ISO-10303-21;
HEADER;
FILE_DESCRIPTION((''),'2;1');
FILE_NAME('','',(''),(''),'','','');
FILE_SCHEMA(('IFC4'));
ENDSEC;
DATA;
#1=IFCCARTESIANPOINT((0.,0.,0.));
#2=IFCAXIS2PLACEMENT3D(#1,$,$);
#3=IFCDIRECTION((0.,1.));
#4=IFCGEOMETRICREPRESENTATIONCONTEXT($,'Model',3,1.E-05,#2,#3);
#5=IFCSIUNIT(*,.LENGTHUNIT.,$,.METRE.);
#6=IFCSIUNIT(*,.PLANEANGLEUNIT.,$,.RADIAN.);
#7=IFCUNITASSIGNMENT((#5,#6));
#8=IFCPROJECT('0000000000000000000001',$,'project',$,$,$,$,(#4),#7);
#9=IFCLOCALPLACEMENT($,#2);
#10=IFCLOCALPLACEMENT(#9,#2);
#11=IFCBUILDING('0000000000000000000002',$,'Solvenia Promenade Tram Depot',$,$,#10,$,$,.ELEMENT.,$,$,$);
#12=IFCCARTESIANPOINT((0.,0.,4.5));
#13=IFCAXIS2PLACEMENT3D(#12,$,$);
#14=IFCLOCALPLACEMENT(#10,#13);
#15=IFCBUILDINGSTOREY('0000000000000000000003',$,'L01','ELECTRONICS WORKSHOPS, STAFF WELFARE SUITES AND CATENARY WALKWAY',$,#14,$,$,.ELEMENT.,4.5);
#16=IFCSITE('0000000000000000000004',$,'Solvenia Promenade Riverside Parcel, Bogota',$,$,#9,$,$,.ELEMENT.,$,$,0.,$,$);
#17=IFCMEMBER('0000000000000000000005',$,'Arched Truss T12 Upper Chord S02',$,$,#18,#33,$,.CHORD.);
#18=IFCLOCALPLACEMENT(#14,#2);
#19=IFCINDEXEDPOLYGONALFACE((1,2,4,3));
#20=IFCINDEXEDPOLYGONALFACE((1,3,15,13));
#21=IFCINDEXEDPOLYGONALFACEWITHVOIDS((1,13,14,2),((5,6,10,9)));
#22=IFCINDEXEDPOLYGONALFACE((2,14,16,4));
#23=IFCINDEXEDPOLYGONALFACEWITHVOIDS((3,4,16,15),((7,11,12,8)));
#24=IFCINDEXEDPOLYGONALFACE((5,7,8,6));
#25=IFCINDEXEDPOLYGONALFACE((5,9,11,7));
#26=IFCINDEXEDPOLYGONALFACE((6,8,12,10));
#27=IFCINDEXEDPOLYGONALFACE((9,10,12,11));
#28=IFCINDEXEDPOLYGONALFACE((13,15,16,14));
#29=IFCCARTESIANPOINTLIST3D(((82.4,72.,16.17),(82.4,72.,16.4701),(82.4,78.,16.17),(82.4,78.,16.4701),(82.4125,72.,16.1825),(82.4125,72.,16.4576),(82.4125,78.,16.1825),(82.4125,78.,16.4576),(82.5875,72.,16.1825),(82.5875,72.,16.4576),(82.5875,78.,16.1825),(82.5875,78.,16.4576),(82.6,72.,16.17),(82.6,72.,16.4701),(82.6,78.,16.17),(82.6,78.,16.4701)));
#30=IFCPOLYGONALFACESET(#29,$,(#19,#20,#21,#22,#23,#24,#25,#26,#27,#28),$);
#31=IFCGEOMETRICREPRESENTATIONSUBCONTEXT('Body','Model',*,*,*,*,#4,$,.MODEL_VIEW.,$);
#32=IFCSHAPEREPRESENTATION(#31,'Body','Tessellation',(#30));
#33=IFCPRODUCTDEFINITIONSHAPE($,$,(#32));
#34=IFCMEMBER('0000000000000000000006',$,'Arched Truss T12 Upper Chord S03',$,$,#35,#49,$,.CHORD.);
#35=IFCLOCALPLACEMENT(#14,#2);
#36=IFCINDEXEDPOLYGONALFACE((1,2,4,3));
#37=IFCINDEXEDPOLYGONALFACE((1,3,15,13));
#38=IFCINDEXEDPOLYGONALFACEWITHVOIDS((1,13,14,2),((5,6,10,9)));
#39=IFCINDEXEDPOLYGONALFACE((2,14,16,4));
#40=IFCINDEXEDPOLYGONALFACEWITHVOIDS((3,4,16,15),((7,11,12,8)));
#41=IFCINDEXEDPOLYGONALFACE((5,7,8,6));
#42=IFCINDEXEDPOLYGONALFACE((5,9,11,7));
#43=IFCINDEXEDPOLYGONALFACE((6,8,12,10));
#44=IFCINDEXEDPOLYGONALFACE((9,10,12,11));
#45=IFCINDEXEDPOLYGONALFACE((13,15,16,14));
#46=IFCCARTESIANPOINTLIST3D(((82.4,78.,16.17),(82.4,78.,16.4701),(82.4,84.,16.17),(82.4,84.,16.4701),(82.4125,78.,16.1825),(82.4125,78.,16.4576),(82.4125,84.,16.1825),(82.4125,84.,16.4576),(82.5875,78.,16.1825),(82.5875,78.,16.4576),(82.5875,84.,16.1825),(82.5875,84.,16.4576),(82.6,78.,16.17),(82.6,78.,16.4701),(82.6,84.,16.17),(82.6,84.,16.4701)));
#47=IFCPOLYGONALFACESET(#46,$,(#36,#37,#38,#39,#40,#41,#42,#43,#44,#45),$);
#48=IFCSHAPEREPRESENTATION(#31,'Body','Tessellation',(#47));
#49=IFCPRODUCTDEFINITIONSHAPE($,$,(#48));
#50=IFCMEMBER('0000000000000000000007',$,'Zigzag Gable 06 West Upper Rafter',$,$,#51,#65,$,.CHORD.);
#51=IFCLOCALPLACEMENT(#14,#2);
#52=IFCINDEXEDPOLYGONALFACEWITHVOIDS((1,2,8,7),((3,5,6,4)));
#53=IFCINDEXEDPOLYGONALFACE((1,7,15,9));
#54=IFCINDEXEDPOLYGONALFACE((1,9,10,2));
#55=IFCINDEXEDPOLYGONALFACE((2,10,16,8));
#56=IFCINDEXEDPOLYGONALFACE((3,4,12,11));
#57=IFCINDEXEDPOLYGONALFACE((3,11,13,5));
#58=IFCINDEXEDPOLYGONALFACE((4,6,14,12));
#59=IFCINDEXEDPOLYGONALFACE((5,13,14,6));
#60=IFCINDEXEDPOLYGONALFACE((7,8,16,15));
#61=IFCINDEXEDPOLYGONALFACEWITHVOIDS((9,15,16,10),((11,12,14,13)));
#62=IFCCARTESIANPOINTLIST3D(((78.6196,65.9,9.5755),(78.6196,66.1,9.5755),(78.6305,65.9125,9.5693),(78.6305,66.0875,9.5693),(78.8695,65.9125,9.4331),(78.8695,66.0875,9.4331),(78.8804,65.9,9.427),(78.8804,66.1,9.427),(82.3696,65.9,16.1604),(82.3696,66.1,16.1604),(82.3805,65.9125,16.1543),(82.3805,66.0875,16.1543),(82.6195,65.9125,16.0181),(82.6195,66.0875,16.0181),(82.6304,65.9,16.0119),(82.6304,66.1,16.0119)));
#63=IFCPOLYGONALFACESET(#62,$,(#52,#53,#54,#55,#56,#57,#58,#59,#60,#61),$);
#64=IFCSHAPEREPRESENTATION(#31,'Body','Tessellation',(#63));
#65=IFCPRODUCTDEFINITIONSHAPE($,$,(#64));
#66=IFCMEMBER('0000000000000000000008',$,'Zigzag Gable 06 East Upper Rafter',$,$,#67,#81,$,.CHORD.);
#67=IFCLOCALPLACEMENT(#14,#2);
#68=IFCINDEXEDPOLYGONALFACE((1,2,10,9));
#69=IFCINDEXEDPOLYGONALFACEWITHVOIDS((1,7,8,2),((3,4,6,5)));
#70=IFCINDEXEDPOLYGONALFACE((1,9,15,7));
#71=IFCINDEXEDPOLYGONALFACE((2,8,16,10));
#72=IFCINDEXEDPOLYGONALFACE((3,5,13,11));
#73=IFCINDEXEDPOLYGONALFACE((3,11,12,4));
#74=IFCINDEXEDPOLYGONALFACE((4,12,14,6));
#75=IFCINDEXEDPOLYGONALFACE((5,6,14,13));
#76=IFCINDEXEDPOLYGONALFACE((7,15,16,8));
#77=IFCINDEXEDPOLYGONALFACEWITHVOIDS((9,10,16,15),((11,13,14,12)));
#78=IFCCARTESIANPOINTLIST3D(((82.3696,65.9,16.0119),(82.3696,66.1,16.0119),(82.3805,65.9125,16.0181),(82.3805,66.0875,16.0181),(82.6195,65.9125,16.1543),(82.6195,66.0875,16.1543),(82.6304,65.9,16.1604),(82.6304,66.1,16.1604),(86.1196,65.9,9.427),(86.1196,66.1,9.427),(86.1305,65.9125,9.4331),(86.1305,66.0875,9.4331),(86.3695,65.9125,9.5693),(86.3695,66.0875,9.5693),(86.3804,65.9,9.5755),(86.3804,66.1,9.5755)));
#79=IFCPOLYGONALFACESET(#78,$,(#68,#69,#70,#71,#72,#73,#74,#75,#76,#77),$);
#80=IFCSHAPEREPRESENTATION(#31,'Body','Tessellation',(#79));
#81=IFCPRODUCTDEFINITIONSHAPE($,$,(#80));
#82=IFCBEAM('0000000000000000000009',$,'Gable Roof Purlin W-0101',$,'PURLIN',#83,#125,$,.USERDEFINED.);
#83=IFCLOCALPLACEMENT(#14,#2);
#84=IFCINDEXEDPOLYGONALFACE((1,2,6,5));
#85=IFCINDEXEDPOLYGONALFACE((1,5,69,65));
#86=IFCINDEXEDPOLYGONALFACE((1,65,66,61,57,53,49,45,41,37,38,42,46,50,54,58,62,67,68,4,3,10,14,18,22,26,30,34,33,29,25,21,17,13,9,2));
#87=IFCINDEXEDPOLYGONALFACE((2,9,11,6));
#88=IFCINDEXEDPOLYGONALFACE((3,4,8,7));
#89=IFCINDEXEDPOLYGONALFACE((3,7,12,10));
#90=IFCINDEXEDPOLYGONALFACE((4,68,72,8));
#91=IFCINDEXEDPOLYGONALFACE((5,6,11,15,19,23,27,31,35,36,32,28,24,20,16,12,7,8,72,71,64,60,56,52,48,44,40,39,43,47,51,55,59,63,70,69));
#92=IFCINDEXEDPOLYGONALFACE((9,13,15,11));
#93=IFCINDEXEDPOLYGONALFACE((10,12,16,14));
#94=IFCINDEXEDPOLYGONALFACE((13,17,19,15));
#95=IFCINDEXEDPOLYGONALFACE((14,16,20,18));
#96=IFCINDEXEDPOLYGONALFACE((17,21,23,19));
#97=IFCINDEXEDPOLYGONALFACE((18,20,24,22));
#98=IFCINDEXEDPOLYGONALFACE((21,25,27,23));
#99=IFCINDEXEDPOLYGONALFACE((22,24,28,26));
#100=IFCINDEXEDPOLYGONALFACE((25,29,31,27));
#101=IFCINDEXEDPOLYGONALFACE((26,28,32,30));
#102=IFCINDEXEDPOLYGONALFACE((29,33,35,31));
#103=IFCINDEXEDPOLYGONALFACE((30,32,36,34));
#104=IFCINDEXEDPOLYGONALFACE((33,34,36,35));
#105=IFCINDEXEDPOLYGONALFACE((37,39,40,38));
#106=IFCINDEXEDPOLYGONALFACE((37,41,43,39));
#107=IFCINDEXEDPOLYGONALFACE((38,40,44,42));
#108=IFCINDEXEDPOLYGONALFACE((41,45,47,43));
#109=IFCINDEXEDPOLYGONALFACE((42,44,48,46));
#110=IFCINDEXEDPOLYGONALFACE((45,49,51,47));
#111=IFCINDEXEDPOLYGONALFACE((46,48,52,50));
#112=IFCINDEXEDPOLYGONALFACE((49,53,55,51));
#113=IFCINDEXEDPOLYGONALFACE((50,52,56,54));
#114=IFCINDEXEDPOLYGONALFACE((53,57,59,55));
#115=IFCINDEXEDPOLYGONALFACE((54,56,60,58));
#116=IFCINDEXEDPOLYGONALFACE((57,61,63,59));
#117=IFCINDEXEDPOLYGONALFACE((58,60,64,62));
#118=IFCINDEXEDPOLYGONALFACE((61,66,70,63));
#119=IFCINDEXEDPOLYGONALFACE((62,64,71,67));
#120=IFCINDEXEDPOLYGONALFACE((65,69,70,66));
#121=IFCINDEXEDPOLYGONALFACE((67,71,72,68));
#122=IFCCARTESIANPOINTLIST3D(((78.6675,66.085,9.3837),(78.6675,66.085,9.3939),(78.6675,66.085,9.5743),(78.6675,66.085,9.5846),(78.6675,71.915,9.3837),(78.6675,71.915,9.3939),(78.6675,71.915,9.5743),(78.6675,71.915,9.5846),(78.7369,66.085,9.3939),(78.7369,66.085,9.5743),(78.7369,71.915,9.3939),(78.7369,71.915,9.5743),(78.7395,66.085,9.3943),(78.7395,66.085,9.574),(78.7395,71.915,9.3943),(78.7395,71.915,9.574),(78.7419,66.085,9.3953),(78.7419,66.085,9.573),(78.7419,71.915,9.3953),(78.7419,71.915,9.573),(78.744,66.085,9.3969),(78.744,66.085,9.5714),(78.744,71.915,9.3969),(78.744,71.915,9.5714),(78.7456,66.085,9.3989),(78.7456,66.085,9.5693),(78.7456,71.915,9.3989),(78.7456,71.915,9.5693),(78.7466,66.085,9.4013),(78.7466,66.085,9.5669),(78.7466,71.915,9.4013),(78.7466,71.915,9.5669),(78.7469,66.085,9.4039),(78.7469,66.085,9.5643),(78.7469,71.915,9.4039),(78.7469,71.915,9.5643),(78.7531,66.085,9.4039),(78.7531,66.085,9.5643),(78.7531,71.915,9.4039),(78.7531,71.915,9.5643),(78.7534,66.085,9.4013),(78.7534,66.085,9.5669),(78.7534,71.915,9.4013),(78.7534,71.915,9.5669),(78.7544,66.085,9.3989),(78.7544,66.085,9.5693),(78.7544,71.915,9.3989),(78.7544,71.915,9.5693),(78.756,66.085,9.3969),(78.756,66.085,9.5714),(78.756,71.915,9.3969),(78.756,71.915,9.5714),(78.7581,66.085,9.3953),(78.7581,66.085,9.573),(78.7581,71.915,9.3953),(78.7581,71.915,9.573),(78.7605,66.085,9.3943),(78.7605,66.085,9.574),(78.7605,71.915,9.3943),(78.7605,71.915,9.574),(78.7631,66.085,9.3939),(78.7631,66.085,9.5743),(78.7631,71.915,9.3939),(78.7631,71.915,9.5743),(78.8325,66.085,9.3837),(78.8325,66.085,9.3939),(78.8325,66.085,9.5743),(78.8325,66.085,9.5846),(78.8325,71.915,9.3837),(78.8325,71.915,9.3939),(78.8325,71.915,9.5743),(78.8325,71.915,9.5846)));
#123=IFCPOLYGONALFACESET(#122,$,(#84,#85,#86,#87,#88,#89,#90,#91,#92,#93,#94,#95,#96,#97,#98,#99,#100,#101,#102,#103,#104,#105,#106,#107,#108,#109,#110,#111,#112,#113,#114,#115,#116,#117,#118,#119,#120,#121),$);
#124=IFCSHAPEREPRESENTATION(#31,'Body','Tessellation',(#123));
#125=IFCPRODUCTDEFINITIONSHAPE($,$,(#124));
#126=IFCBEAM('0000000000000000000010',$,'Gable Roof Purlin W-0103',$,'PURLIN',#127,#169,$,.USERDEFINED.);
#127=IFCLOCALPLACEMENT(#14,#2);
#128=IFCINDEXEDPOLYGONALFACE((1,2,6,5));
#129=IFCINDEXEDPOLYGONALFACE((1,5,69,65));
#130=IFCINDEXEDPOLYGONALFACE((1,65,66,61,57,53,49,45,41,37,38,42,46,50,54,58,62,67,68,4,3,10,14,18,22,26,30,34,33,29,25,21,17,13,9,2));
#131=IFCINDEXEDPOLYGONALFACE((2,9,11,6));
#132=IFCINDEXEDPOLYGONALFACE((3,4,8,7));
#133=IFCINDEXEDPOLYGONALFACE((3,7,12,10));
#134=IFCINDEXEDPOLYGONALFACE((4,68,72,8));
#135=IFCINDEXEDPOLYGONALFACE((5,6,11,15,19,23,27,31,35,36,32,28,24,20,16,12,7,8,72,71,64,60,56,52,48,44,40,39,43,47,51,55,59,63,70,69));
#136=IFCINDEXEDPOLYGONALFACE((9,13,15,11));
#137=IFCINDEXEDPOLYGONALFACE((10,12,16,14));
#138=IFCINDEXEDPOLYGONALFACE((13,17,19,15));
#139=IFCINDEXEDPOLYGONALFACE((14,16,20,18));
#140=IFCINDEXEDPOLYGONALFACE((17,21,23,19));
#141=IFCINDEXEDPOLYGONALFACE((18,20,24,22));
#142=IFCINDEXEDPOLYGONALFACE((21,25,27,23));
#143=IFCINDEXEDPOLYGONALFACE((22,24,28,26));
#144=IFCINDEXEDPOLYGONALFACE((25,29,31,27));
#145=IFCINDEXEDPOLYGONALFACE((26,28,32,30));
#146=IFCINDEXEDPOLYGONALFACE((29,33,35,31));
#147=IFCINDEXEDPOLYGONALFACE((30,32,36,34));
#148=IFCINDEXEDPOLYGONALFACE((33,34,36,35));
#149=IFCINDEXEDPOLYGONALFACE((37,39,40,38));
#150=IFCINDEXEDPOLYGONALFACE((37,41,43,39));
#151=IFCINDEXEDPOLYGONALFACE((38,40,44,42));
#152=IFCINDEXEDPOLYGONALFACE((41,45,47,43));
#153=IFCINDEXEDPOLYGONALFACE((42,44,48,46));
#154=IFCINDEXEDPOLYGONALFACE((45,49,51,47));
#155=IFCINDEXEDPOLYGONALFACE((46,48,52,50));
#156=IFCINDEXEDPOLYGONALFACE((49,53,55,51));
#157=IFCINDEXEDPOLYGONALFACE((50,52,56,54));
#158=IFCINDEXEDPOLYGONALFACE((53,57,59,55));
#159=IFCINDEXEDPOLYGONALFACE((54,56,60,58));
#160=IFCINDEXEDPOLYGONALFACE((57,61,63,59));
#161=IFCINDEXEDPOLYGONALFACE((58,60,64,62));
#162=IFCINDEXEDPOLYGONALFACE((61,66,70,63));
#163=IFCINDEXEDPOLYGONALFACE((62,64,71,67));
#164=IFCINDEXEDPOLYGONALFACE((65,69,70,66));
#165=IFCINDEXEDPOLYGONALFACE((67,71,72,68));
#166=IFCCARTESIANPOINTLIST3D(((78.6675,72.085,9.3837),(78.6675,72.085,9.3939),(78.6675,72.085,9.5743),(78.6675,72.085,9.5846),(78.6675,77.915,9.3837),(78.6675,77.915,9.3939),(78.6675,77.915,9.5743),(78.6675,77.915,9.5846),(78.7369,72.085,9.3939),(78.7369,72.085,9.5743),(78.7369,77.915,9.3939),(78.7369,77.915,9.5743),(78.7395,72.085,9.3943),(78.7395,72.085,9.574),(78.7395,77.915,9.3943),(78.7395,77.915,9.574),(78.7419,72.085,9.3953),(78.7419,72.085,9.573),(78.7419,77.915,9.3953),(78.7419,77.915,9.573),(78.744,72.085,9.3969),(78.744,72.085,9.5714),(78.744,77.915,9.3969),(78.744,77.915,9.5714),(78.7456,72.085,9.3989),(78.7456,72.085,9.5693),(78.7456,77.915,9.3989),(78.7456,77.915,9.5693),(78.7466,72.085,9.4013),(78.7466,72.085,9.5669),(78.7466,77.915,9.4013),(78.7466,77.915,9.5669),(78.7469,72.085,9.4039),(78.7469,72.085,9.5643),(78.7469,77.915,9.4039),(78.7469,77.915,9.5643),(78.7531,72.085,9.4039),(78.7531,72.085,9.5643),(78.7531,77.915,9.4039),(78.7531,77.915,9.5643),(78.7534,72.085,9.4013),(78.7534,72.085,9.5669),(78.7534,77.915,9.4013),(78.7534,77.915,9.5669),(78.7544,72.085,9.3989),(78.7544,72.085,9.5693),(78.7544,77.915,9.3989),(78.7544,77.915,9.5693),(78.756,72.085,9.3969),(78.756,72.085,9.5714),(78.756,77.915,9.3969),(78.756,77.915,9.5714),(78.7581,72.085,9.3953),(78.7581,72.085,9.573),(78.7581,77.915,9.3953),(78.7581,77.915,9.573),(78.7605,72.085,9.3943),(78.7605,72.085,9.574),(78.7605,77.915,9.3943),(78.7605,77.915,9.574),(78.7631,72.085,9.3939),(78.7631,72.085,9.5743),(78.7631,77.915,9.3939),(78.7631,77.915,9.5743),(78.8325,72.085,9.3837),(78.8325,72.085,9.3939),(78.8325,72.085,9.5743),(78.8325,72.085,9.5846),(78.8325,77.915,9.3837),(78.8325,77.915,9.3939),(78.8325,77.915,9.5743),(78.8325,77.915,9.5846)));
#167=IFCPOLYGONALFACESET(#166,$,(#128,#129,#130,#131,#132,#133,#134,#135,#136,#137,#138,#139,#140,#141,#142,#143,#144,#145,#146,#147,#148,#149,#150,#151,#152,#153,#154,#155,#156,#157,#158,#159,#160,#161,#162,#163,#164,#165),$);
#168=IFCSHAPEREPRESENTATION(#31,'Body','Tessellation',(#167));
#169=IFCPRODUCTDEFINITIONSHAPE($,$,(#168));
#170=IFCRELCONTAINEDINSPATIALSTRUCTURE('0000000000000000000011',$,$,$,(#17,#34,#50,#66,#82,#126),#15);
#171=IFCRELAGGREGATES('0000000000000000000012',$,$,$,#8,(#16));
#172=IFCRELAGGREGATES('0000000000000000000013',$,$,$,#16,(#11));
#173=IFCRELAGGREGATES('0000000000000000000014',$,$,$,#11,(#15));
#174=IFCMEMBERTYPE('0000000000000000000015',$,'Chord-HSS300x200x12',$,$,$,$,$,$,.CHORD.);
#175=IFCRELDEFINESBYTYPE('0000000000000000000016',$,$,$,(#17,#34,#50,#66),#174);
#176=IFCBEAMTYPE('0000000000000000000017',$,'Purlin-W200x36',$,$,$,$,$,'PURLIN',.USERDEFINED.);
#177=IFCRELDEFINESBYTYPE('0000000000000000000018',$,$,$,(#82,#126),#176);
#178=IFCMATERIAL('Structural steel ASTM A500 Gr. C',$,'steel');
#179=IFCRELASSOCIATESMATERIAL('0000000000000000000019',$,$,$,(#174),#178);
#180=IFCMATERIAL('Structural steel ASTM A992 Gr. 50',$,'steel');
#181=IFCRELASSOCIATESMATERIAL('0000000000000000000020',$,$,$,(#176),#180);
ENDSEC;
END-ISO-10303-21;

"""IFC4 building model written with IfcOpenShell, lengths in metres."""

from ifc_helpers import new_model, si_unit, direction, frame, origin, origin_2d, place, context, subcontext, project, spatial, hollow_rectangle, i_section, extrude, material, material_profile, profile_set, type_object, element, save


model = new_model("IFC4")

# Units and contexts
model_context = context("Model", 3, precision=1e-05, world=origin(), true_north=direction((0.0, 1.0)))
body_context = subcontext(model_context, "Body", "Model", "MODEL_VIEW")
ifc_project = project(units=[si_unit("LENGTHUNIT", "METRE"), si_unit("PLANEANGLEUNIT", "RADIAN")], contexts=[model_context])

# Site, building, storey
site_placement = place(None, origin())
site = spatial("IfcSite", under=ifc_project, at=site_placement, Name="Solvenia Promenade Riverside Parcel, Bogota", CompositionType="ELEMENT", RefElevation=0.0)
building_placement = place(site_placement, origin())
building = spatial("IfcBuilding", under=site, at=building_placement, Name="Solvenia Promenade Tram Depot", CompositionType="ELEMENT")
storey_placement = place(building_placement, frame((0.0, 0.0, 4.5)))
storey = spatial("IfcBuildingStorey", under=building, at=storey_placement, Name="L01", Description="ELECTRONICS WORKSHOPS, STAFF WELFARE SUITES AND CATENARY WALKWAY", CompositionType="ELEMENT", Elevation=4.5)

# Members
ifc_material_1 = material(Name="Structural steel ASTM A500 Gr. C", Category="steel")
ifc_material_profile_1 = material_profile(ifc_material_1, hollow_rectangle(XDim=0.2, YDim=0.3, WallThickness=0.0125, at=origin_2d()), Name="HSS300x200x12.5", Category="steel")
ifc_profile_set_1 = profile_set([ifc_material_profile_1], Name="Structural steel ASTM A500 Gr. C")
member_type_1 = type_object("IfcMemberType", Name="Chord-HSS300x200x12", PredefinedType="CHORD", material=ifc_profile_set_1)
for number, where, z_axis, x_axis, name in (
    (1, (82.5, 72.0, 16.3201), (0.0, 1.0, 0.0), (-1.0, 0.0, 0.0), "Arched Truss T12 Upper Chord S02"),
    (2, (82.5, 78.0, 16.3201), (0.0, 1.0, 0.0), (-1.0, 0.0, 0.0), "Arched Truss T12 Upper Chord S03"),
):
    element("IfcMember", number, at=place(storey_placement, frame(where, z_axis=z_axis, x_axis=x_axis)), inside=storey, type_object=member_type_1, Name=name, PredefinedType="CHORD", context=body_context, shape_type="SweptSolid", body=[
        extrude(hollow_rectangle(XDim=0.2, YDim=0.3, WallThickness=0.0125, at=origin_2d()), origin(), (0.0, 0.0, 1.0), 6.0),
    ])
for number, where, z_axis, x_axis, name in (
    (3, (78.75, 66.0, 9.5012), (0.494862, 0.0, 0.868972), (0.0, 1.0, 0.0), "Zigzag Gable 06 West Upper Rafter"),
    (4, (82.5, 66.0, 16.0862), (0.494862, 0.0, -0.868972), (0.0, 1.0, 0.0), "Zigzag Gable 06 East Upper Rafter"),
):
    element("IfcMember", number, at=place(storey_placement, frame(where, z_axis=z_axis, x_axis=x_axis)), inside=storey, type_object=member_type_1, Name=name, PredefinedType="CHORD", context=body_context, shape_type="SweptSolid", body=[
        extrude(hollow_rectangle(XDim=0.2, YDim=0.3, WallThickness=0.0125, at=origin_2d()), origin(), (0.0, 0.0, 1.0), 7.5779),
    ])

# Beams
ifc_material_2 = material(Name="Structural steel ASTM A992 Gr. 50", Category="steel")
ifc_material_profile_2 = material_profile(ifc_material_2, i_section(OverallWidth=0.165, OverallDepth=0.2009, WebThickness=0.0061, FlangeThickness=0.0103, FilletRadius=0.01, at=origin_2d()), Name="W200x36", Category="steel")
ifc_profile_set_2 = profile_set([ifc_material_profile_2], Name="Structural steel ASTM A992 Gr. 50")
beam_type = type_object("IfcBeamType", Name="Purlin-W200x36", ElementType="PURLIN", PredefinedType="USERDEFINED", material=ifc_profile_set_2)
for number, where, z_axis, x_axis, name in (
    (5, (78.75, 66.085, 9.4841), (0.0, 1.0, 0.0), (-1.0, 0.0, 0.0), "Gable Roof Purlin W-0101"),
    (6, (78.75, 72.085, 9.4841), (0.0, 1.0, 0.0), (-1.0, 0.0, 0.0), "Gable Roof Purlin W-0103"),
):
    element("IfcBeam", number, at=place(storey_placement, frame(where, z_axis=z_axis, x_axis=x_axis)), inside=storey, type_object=beam_type, Name=name, ObjectType="PURLIN", PredefinedType="USERDEFINED", context=body_context, shape_type="SweptSolid", body=[
        extrude(i_section(OverallWidth=0.165, OverallDepth=0.2009, WebThickness=0.0061, FlangeThickness=0.0103, FilletRadius=0.01, at=origin_2d()), origin(), (0.0, 0.0, 1.0), 5.8301),
    ])

save(model, "model.ifc")
